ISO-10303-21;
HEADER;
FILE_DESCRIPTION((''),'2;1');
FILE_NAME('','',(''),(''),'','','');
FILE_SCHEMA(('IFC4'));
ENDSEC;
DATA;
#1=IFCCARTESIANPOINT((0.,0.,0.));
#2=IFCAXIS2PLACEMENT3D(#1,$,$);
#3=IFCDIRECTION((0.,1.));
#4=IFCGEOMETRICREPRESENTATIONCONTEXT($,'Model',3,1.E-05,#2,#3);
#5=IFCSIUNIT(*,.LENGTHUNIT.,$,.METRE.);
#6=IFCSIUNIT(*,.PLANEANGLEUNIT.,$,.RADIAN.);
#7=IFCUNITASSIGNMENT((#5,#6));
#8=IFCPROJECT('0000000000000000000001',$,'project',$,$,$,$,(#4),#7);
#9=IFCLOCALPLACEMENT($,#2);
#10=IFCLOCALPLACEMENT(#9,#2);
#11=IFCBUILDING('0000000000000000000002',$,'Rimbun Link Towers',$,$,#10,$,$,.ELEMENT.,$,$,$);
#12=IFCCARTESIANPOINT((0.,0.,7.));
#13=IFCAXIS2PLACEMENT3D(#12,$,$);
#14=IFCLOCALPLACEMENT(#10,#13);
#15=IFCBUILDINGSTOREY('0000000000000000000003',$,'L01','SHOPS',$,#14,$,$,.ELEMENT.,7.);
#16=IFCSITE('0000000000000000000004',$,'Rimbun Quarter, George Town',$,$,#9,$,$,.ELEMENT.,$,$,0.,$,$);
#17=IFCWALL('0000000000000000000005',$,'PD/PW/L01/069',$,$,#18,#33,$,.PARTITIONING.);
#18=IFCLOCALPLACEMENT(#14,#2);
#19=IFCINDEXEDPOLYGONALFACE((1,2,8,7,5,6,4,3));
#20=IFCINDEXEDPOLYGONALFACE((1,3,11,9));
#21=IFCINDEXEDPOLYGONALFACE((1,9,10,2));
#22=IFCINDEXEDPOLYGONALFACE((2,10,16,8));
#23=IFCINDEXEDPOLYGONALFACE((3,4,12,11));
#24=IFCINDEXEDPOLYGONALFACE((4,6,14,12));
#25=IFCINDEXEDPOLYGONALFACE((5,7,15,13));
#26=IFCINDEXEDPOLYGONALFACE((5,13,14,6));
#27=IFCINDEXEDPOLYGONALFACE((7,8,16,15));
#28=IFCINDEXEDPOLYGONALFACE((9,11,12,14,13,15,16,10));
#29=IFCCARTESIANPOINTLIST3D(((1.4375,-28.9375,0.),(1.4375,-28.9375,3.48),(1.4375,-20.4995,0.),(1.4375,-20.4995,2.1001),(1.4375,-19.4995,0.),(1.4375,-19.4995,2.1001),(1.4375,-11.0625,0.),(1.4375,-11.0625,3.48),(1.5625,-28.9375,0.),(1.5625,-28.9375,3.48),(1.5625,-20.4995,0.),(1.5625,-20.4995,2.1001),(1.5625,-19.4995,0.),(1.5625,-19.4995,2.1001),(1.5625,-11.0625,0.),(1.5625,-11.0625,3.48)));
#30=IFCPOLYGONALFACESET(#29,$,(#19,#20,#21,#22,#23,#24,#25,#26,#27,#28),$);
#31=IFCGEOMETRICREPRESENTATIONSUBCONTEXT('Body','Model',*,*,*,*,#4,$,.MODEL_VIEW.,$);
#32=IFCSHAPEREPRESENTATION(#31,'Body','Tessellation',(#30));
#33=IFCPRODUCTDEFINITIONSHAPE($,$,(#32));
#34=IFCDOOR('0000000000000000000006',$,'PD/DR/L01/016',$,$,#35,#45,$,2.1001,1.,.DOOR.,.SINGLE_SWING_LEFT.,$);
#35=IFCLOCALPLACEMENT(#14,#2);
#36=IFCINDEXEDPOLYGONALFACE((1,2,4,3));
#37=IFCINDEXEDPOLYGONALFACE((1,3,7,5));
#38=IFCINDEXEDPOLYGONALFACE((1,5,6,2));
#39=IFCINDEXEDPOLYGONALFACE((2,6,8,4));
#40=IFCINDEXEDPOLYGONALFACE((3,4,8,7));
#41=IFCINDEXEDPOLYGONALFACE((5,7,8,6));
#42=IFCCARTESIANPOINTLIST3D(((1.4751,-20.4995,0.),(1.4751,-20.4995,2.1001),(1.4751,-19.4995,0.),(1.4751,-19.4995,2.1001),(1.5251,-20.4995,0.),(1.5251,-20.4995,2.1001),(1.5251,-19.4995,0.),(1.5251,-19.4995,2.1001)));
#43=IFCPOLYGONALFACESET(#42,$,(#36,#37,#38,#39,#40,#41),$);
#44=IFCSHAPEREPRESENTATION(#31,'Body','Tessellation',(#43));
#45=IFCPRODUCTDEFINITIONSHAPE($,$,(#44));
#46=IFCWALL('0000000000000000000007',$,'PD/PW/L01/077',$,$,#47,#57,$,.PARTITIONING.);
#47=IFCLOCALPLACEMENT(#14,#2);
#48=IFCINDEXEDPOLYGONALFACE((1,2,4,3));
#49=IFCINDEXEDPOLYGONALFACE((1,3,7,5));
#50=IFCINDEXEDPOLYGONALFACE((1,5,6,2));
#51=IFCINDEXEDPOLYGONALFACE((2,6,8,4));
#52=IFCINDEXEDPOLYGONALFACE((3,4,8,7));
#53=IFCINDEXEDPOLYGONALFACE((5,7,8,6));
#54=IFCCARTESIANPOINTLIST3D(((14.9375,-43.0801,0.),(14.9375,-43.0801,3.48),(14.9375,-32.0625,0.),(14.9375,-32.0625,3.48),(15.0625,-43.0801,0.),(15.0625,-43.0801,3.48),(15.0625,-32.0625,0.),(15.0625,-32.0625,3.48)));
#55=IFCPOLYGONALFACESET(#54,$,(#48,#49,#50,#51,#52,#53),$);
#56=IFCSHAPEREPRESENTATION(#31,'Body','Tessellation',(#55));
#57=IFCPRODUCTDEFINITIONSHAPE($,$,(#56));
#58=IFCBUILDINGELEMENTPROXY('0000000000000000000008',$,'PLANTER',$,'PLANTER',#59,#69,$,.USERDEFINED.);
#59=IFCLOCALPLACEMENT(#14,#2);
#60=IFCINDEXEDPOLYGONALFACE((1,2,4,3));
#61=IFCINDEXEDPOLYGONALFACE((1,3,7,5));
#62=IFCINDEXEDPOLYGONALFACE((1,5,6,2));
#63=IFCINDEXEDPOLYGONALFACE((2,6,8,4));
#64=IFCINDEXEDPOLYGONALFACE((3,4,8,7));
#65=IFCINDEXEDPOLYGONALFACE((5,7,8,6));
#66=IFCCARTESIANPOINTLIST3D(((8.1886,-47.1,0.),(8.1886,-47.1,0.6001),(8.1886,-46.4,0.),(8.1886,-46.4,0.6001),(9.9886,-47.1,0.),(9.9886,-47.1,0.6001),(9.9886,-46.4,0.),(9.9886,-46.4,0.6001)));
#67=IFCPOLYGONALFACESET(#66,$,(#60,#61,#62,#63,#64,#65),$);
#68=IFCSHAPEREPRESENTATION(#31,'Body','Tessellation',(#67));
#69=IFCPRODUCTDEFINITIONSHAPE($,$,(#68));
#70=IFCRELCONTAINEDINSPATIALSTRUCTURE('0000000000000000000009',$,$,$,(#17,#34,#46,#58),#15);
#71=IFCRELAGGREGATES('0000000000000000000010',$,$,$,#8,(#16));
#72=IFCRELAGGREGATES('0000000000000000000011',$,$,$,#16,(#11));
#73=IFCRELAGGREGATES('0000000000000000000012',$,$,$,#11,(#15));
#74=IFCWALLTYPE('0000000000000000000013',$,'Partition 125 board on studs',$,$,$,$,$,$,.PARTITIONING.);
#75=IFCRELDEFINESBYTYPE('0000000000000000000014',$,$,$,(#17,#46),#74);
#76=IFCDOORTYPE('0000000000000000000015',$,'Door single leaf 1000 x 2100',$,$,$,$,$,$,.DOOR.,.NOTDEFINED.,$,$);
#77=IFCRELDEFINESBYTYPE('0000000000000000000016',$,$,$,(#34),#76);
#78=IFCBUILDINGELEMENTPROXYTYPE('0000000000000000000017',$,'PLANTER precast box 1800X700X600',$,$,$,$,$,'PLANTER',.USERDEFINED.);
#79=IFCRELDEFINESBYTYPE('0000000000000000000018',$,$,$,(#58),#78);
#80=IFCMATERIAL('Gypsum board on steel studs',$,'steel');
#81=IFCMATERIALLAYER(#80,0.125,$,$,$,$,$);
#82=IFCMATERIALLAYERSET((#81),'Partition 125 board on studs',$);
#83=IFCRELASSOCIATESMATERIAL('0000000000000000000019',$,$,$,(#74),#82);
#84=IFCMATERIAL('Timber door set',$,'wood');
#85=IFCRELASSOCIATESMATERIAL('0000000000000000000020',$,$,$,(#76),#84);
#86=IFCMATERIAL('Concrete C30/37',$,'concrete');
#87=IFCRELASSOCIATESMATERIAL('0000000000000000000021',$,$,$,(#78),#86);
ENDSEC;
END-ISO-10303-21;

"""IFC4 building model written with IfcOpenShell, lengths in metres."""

from ifc_helpers import new_model, si_unit, direction, frame, frame_2d, origin, origin_2d, place, context, subcontext, project, spatial, rectangle, extrude, material, layer, layer_set, type_object, element, fill, save


model = new_model("IFC4")

# Units and contexts
model_context = context("Model", 3, precision=1e-05, world=origin(), true_north=direction((0.0, 1.0)))
body_context = subcontext(model_context, "Body", "Model", "MODEL_VIEW")
ifc_project = project(units=[si_unit("LENGTHUNIT", "METRE"), si_unit("PLANEANGLEUNIT", "RADIAN")], contexts=[model_context])

# Site, building, storey
site_placement = place(None, origin())
site = spatial("IfcSite", under=ifc_project, at=site_placement, Name="Rimbun Quarter, George Town", CompositionType="ELEMENT", RefElevation=0.0)
building_placement = place(site_placement, origin())
building = spatial("IfcBuilding", under=site, at=building_placement, Name="Rimbun Link Towers", CompositionType="ELEMENT")
storey_placement = place(building_placement, frame((0.0, 0.0, 7.0)))
storey = spatial("IfcBuildingStorey", under=building, at=storey_placement, Name="L01", Description="SHOPS", CompositionType="ELEMENT", Elevation=7.0)

# Shared definitions
ifc_material_1 = material(Name="Gypsum board on steel studs", Category="steel")
ifc_layer_1 = layer(ifc_material_1, 0.125)
ifc_layer_set_1 = layer_set([ifc_layer_1], Name="Partition 125 board on studs")
wall_type_1 = type_object("IfcWallType", Name="Partition 125 board on studs", PredefinedType="PARTITIONING", material=ifc_layer_set_1)
ifc_material_2 = material(Name="Timber door set", Category="wood")
door_type_1 = type_object("IfcDoorType", Name="Door single leaf 1000 x 2100", OperationType="NOTDEFINED", PredefinedType="DOOR", material=ifc_material_2)

# Wall, opening, door
wall_1_placement = place(storey_placement, frame((1.5, -28.9375, 0.0), z_axis=(0.0, 0.0, 1.0), x_axis=(0.0, 1.0, 0.0)))
wall_1 = element("IfcWall", 1, at=wall_1_placement, inside=storey, type_object=wall_type_1, Name="PD/PW/L01/069", PredefinedType="PARTITIONING", context=body_context, shape_type="SweptSolid", body=[
    extrude(rectangle(XDim=17.875, YDim=0.125, at=frame_2d((8.9375, 0.0))), origin(), (0.0, 0.0, 1.0), 3.48),
])
opening_1_placement = place(wall_1_placement, frame((8.438, 0.0, 0.0)))
opening_1 = element("IfcOpeningElement", 2, at=opening_1_placement, cuts=wall_1, PredefinedType="OPENING", context=body_context, shape_type="SweptSolid", body=[
    extrude(rectangle(XDim=1.0, YDim=2.1001, at=frame_2d((0.5, 1.05))), frame((0.0, 0.0725, 0.0), z_axis=(0.0, -1.0, 0.0), x_axis=(1.0, 0.0, 0.0)), (0.0, 0.0, 1.0), 0.145),
])
door_1_placement = place(opening_1_placement, origin())
door_1 = element("IfcDoor", 3, at=door_1_placement, inside=storey, type_object=door_type_1, Name="PD/DR/L01/016", OperationType="SINGLE_SWING_LEFT", OverallHeight=2.1001, OverallWidth=1.0, PredefinedType="DOOR", context=body_context, shape_type="SweptSolid", body=[
    extrude(rectangle(XDim=1.0, YDim=2.1001, at=frame_2d((0.5, 1.05))), frame((0.0, 0.0249, 0.0), z_axis=(0.0, -1.0, 0.0), x_axis=(1.0, 0.0, 0.0)), (0.0, 0.0, 1.0), 0.05),
])
fill(opening_1, door_1)

# Wall
wall_2_placement = place(storey_placement, frame((15.0, -43.0801, 0.0), z_axis=(0.0, 0.0, 1.0), x_axis=(0.0, 1.0, 0.0)))
element("IfcWall", 4, at=wall_2_placement, inside=storey, type_object=wall_type_1, Name="PD/PW/L01/077", PredefinedType="PARTITIONING", context=body_context, shape_type="SweptSolid", body=[
    extrude(rectangle(XDim=11.0176, YDim=0.125, at=frame_2d((5.5088, 0.0))), origin(), (0.0, 0.0, 1.0), 3.48),
])

# Building element proxy
ifc_material_3 = material(Name="Concrete C30/37", Category="concrete")
building_element_proxy_type = type_object("IfcBuildingElementProxyType", Name="PLANTER precast box 1800X700X600", ElementType="PLANTER", PredefinedType="USERDEFINED", material=ifc_material_3)
proxy_placement = place(storey_placement, frame((9.0886, -46.75, 0.0), z_axis=(0.0, 0.0, 1.0), x_axis=(1.0, 0.0, 0.0)))
element("IfcBuildingElementProxy", 5, at=proxy_placement, inside=storey, type_object=building_element_proxy_type, Name="PLANTER", ObjectType="PLANTER", PredefinedType="USERDEFINED", context=body_context, shape_type="SweptSolid", body=[
    extrude(rectangle(XDim=1.8, YDim=0.7, at=origin_2d()), origin(), (0.0, 0.0, 1.0), 0.6001),
])

save(model, "model.ifc")
